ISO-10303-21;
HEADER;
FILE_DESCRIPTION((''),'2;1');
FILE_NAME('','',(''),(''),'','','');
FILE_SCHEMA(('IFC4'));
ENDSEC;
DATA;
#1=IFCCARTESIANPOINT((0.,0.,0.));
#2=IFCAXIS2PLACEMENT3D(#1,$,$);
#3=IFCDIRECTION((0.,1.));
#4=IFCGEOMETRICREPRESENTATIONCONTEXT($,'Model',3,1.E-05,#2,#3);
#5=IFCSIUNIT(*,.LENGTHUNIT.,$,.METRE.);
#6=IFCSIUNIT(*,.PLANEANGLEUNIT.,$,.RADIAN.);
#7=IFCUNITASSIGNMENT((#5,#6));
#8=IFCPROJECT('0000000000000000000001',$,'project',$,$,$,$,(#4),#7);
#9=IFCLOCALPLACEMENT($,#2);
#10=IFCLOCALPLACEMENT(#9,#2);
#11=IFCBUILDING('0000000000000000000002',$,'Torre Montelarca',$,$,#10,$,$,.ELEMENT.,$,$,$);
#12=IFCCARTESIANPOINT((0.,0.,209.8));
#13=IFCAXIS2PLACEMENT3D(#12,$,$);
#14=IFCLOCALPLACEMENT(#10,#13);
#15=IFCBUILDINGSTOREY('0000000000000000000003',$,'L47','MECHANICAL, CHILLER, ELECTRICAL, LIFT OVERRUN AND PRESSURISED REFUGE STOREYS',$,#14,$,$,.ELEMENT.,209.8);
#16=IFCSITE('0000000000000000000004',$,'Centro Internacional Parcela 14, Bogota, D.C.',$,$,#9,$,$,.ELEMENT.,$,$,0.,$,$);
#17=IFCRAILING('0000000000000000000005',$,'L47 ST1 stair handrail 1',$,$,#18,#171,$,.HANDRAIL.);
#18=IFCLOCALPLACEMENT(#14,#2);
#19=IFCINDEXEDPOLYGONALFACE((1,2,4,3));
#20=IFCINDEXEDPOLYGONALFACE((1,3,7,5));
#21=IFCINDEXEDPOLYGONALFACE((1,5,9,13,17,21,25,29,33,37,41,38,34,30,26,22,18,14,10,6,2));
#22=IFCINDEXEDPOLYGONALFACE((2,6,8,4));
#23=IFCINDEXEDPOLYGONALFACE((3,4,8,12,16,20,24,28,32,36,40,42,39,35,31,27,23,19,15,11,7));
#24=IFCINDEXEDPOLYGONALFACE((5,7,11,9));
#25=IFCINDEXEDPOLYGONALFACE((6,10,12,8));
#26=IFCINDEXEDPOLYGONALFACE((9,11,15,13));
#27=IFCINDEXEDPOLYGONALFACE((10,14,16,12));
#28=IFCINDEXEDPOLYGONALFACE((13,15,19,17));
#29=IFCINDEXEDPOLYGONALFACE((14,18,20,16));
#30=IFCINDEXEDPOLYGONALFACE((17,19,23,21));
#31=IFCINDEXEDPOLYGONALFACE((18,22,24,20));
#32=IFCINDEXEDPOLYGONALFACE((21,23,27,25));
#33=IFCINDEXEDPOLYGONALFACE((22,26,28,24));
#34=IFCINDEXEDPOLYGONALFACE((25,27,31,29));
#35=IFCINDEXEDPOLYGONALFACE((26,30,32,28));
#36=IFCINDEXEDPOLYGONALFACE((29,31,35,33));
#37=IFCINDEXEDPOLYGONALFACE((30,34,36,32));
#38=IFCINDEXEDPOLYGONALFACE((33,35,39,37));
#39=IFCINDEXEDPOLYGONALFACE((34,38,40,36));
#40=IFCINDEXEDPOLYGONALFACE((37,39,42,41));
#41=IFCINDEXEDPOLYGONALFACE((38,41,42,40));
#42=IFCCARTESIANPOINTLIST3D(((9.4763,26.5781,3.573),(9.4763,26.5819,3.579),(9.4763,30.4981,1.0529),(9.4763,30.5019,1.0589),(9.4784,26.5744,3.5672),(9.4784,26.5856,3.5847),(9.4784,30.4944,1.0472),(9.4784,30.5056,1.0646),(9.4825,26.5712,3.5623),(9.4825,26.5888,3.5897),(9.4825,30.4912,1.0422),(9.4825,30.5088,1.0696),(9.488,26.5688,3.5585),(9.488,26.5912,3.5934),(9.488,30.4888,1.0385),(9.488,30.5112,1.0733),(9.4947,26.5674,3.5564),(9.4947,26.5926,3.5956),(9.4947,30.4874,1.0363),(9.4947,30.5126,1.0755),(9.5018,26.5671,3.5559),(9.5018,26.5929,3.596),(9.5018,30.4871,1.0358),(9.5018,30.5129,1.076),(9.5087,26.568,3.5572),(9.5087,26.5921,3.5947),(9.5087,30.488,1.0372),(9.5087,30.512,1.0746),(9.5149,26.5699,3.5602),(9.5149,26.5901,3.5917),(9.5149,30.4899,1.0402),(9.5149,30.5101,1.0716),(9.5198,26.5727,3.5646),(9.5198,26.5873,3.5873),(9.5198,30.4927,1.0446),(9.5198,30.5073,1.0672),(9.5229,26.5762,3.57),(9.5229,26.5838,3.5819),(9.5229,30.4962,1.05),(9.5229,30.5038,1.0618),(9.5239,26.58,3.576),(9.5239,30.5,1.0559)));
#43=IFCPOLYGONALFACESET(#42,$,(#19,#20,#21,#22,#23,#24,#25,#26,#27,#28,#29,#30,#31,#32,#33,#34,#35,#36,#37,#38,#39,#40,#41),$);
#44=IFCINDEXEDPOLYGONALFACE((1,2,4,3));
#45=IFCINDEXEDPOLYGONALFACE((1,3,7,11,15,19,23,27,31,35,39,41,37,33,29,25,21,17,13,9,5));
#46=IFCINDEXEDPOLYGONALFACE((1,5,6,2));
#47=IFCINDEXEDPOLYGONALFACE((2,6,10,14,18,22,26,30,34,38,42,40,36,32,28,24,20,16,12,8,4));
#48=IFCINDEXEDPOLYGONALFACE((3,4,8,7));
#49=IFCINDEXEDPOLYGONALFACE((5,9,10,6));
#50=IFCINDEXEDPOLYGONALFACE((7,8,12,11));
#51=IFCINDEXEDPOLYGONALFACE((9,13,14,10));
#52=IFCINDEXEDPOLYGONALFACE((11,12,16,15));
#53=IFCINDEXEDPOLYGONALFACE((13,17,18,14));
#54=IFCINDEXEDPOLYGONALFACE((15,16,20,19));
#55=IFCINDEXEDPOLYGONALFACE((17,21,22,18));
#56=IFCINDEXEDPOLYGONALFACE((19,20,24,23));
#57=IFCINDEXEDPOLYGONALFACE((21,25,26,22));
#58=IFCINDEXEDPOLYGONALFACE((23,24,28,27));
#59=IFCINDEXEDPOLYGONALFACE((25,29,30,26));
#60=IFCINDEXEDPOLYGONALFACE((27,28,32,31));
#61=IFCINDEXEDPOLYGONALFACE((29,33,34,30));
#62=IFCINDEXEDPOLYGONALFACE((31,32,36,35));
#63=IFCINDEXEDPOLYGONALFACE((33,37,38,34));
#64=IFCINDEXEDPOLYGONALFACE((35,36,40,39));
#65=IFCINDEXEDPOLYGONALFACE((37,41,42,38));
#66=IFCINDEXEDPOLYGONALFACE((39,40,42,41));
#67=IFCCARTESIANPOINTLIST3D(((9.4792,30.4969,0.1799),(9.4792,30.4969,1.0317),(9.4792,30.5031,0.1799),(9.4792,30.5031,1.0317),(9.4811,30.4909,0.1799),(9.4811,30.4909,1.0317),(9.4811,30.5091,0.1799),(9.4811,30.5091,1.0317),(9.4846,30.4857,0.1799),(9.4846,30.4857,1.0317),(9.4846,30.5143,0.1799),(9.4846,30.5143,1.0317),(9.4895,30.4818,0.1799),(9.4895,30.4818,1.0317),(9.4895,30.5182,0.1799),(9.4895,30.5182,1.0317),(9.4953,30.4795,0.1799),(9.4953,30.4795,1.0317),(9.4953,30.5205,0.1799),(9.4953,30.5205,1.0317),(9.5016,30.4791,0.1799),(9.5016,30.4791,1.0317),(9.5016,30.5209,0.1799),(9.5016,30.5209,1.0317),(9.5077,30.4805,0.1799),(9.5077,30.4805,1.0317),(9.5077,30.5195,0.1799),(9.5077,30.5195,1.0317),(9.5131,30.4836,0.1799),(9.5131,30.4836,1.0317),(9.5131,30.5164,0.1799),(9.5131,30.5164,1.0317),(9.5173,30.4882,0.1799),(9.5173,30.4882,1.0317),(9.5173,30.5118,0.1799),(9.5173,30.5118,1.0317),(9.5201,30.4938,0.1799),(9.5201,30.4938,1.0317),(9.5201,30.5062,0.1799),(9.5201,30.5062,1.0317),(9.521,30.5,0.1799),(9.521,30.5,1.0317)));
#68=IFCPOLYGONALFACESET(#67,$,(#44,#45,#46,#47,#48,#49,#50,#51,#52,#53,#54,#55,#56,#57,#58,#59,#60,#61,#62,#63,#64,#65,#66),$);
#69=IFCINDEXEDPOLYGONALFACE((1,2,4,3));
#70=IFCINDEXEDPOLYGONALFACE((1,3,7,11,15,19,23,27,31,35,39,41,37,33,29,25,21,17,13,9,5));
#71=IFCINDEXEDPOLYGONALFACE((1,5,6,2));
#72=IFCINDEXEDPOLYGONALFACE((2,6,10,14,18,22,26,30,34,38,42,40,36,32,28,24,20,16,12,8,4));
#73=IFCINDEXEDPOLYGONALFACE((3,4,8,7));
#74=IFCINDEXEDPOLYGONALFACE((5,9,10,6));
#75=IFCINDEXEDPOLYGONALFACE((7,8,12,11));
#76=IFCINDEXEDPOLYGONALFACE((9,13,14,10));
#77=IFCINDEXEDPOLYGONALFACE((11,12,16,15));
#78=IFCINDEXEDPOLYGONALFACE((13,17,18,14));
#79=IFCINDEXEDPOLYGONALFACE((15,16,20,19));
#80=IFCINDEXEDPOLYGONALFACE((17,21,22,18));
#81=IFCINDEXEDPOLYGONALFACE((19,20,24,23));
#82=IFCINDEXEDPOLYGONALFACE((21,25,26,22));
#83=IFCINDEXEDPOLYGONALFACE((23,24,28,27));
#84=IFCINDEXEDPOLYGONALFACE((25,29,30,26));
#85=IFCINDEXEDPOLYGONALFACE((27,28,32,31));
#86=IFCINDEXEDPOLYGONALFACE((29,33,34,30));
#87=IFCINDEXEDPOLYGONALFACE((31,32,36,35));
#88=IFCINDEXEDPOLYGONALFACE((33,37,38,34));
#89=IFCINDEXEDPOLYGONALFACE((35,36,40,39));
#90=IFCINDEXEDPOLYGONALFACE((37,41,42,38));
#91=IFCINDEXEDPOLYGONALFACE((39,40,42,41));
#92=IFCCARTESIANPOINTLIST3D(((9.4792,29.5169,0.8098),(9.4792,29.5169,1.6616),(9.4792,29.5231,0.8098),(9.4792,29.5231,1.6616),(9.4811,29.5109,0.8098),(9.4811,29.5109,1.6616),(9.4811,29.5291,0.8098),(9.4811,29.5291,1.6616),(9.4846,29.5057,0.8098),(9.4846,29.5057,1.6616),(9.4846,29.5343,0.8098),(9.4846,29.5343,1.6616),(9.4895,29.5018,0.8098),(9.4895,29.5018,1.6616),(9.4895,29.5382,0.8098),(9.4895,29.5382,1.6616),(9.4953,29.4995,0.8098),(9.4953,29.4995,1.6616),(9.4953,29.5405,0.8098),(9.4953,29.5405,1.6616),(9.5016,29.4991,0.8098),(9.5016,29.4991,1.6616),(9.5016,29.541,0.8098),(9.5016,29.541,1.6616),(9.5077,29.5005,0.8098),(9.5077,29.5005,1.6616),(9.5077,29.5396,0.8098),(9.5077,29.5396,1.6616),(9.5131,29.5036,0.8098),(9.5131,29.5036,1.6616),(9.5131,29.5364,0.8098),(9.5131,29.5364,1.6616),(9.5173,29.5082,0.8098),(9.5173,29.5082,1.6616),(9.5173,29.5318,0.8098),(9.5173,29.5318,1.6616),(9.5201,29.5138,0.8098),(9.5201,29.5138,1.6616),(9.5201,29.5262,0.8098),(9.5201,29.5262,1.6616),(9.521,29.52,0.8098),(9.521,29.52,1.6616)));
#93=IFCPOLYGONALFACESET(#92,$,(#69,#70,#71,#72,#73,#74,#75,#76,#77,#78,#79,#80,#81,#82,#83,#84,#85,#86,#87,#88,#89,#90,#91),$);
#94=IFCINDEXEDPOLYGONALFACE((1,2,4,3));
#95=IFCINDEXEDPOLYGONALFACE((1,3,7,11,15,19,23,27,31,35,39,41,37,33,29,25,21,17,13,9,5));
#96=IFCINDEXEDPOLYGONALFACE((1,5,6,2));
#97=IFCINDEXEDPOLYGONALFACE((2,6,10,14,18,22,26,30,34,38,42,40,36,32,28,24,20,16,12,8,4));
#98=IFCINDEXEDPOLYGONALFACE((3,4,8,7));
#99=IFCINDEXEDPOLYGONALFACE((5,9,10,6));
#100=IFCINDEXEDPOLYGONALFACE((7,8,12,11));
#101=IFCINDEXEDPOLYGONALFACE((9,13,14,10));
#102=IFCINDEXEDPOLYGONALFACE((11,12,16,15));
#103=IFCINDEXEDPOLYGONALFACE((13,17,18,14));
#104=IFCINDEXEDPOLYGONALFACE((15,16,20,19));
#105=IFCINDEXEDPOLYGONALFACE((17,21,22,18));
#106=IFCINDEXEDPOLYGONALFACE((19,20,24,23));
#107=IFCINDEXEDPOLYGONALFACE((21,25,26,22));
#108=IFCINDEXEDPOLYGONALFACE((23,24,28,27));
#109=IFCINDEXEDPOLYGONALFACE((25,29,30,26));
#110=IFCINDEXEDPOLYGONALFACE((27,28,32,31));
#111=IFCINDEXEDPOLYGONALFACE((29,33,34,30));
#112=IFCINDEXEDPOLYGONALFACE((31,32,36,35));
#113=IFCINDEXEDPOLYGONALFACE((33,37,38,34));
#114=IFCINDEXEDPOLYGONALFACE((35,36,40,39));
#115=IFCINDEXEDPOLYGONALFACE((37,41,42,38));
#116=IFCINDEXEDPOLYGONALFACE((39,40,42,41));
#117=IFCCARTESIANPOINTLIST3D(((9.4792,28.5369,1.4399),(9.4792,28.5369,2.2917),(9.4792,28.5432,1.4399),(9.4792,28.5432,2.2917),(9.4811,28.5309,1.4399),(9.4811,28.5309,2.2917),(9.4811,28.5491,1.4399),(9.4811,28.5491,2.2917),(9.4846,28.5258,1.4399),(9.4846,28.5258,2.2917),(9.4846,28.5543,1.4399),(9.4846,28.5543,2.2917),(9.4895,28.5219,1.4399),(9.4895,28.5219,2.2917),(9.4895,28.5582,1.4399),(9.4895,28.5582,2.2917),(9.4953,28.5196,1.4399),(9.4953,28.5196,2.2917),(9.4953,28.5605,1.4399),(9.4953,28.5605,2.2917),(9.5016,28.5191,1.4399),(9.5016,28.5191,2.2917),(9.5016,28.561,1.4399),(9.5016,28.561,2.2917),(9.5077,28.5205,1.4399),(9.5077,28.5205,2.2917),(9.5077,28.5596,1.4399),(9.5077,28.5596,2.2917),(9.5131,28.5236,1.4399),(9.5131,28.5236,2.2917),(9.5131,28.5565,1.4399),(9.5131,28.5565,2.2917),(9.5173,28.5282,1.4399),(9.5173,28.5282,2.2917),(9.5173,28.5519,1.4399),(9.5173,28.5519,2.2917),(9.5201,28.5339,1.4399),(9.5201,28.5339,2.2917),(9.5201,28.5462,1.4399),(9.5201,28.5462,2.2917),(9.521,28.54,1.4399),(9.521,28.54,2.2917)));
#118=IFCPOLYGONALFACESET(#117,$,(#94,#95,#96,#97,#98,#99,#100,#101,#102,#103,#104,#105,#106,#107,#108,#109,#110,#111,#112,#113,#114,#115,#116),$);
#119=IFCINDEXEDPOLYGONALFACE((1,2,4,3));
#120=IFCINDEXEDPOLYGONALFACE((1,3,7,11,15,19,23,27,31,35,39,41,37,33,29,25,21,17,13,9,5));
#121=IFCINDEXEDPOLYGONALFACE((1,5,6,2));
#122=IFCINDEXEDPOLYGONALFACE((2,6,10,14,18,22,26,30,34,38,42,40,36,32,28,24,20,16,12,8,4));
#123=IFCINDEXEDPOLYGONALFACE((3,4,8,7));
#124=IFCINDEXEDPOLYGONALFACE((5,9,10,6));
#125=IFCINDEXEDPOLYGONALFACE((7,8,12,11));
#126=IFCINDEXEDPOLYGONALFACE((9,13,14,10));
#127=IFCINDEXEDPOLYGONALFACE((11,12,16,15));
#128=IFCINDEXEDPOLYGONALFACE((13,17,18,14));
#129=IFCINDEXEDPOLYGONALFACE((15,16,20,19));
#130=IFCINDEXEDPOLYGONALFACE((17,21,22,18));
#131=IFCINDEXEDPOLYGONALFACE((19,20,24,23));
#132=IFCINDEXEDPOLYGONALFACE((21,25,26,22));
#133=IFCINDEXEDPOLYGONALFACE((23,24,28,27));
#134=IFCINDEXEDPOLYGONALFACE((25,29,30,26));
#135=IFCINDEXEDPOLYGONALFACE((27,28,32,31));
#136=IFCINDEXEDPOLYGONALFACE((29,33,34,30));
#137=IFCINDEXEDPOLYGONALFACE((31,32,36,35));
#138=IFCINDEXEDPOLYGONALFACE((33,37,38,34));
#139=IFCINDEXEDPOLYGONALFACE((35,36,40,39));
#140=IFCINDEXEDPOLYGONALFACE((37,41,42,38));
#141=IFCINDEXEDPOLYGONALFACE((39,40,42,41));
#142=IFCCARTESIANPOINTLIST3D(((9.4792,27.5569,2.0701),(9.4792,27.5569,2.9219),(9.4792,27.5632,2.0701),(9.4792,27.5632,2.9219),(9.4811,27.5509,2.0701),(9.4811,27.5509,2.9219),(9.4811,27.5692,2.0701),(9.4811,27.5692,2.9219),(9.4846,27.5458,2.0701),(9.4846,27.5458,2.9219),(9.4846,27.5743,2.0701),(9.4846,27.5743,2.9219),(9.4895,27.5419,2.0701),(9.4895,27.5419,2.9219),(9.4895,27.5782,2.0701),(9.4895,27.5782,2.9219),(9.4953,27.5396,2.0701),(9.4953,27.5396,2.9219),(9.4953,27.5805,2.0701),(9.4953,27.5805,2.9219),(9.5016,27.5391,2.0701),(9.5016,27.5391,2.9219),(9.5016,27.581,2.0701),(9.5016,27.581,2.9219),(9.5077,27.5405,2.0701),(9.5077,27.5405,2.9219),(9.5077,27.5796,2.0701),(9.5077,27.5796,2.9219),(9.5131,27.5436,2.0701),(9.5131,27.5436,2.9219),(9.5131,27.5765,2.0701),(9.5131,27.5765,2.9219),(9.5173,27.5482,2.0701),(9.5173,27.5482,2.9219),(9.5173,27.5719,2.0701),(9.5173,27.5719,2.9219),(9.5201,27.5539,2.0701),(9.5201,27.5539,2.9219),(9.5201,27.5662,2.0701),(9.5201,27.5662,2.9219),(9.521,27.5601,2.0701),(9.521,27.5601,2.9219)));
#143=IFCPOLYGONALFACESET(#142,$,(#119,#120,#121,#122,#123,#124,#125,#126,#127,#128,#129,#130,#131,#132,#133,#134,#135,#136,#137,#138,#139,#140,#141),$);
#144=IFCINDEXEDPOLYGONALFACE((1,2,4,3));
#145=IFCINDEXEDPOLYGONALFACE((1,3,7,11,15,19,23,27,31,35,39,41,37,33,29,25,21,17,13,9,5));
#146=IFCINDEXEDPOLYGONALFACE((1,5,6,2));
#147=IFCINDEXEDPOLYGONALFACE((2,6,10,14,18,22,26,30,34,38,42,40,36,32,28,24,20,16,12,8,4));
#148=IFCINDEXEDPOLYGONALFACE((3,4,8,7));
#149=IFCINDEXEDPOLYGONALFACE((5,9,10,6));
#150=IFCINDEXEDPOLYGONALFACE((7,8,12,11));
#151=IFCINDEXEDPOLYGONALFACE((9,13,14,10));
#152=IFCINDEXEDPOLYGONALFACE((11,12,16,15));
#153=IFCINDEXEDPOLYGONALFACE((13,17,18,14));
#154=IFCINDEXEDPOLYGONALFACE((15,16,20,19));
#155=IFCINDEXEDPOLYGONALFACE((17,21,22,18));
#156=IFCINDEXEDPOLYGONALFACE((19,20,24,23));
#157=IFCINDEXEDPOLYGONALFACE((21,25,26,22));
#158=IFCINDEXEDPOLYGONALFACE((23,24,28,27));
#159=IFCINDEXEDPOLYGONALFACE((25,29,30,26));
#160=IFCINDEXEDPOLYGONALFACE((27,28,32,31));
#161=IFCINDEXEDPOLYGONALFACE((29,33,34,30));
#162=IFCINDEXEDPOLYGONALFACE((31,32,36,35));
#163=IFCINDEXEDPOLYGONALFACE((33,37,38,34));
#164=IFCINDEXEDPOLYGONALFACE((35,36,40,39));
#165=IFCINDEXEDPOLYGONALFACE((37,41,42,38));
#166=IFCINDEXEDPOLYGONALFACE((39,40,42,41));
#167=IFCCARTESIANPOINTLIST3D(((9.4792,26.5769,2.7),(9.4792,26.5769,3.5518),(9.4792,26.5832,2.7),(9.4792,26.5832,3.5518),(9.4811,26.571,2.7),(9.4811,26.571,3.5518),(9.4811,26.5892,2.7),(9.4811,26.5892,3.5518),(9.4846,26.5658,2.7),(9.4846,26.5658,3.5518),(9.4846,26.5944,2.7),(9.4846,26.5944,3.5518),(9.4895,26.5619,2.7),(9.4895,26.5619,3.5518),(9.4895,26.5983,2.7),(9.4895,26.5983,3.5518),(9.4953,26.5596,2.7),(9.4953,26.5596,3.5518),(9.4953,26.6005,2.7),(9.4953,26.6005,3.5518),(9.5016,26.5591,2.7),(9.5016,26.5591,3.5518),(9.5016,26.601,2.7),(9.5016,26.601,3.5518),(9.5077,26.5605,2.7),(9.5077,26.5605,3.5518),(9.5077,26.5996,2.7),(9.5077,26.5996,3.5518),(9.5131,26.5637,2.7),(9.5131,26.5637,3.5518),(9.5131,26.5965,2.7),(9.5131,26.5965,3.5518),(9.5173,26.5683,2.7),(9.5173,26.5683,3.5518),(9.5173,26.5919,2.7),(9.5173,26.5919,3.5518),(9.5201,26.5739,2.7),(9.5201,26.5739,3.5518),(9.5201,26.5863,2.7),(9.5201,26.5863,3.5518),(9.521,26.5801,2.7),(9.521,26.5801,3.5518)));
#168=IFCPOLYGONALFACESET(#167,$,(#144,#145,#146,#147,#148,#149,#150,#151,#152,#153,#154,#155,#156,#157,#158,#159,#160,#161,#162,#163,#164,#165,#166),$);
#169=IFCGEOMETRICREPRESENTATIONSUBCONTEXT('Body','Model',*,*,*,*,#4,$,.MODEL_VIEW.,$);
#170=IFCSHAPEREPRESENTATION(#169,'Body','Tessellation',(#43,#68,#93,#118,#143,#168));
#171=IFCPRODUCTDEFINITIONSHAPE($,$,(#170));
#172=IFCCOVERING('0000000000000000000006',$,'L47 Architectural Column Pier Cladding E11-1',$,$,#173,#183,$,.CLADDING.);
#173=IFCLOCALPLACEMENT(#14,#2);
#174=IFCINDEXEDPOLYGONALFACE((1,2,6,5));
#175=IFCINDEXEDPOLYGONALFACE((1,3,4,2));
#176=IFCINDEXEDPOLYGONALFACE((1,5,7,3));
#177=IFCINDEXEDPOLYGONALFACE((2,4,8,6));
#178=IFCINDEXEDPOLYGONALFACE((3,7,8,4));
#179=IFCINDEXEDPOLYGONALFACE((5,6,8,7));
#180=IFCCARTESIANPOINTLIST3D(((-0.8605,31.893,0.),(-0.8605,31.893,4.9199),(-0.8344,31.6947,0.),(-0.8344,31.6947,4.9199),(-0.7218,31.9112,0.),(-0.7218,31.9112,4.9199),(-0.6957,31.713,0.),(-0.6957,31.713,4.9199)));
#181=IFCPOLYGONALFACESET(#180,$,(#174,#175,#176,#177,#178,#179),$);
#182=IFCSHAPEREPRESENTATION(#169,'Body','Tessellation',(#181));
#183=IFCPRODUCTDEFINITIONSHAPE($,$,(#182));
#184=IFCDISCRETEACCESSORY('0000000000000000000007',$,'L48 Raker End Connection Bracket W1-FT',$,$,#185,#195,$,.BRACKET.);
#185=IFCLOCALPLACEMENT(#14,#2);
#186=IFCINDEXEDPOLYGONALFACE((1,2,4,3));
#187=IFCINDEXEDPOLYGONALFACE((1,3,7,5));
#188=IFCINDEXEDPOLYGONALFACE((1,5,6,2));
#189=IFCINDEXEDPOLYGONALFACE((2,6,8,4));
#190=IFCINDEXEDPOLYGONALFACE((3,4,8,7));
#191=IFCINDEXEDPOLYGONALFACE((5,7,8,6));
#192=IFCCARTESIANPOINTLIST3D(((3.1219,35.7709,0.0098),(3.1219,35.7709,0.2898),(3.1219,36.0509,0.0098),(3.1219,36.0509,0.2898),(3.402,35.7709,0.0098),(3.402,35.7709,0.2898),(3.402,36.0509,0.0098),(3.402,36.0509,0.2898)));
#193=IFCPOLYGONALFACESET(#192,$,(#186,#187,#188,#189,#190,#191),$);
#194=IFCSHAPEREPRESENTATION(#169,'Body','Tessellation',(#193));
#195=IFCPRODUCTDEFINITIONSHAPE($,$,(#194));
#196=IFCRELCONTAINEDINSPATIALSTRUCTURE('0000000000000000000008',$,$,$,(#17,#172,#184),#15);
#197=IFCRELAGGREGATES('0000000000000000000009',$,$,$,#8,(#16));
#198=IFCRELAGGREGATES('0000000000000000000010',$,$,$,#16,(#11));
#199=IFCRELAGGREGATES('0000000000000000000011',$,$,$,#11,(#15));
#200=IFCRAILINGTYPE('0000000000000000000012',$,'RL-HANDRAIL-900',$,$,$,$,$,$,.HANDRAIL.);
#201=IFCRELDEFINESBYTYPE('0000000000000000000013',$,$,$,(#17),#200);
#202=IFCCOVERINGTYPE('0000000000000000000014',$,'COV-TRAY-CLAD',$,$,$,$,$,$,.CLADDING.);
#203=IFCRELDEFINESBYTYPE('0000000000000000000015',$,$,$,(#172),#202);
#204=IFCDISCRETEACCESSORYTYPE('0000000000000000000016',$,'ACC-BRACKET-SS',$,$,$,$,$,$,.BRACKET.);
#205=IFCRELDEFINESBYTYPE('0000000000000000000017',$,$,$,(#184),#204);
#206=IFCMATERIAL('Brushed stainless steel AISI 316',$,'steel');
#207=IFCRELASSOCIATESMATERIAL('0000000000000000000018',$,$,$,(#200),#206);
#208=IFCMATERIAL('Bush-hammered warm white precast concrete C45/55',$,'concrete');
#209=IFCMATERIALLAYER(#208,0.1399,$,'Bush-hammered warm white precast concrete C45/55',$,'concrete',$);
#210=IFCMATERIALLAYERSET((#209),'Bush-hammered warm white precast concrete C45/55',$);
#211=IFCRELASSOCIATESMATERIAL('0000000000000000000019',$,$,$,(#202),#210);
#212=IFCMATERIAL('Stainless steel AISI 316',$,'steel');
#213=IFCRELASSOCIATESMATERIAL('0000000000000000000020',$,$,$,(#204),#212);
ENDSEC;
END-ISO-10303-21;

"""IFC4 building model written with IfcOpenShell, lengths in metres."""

from ifc_helpers import new_model, si_unit, direction, frame, origin, origin_2d, place, context, subcontext, project, spatial, rectangle, circle, extrude, source, transform, mapped, material, layer, layer_set, type_object, element, save


model = new_model("IFC4")

# Units and contexts
model_context = context("Model", 3, precision=1e-05, world=origin(), true_north=direction((0.0, 1.0)))
body_context = subcontext(model_context, "Body", "Model", "MODEL_VIEW")
ifc_project = project(units=[si_unit("LENGTHUNIT", "METRE"), si_unit("PLANEANGLEUNIT", "RADIAN")], contexts=[model_context])

# Site, building, storey
site_placement = place(None, origin())
site = spatial("IfcSite", under=ifc_project, at=site_placement, Name="Centro Internacional Parcela 14, Bogota, D.C.", CompositionType="ELEMENT", RefElevation=0.0)
building_placement = place(site_placement, origin())
building = spatial("IfcBuilding", under=site, at=building_placement, Name="Torre Montelarca", CompositionType="ELEMENT")
storey_placement = place(building_placement, frame((0.0, 0.0, 209.8)))
storey = spatial("IfcBuildingStorey", under=building, at=storey_placement, Name="L47", Description="MECHANICAL, CHILLER, ELECTRICAL, LIFT OVERRUN AND PRESSURISED REFUGE STOREYS", CompositionType="ELEMENT", Elevation=209.8)

# Shared definitions
ifc_material_1 = material(Name="Brushed stainless steel AISI 316", Category="steel")

# Railing
railing_type_1 = type_object("IfcRailingType", Name="RL-HANDRAIL-900", PredefinedType="HANDRAIL", material=ifc_material_1)
railing_1_placement = place(storey_placement, frame((9.5, 30.5, 0.1799)))
element("IfcRailing", 1, at=railing_1_placement, inside=storey, type_object=railing_type_1, Name="L47 ST1 stair handrail 1", PredefinedType="HANDRAIL", context=body_context, shape_type="SweptSolid", body=[
    extrude(circle(Radius=0.0239, at=origin_2d()), frame((0.0, 0.0, 0.876), z_axis=(0.0, -0.841172, 0.540768), x_axis=(1.0, 0.0, 0.0)), (0.0, 0.0, 1.0), 4.6602),
    extrude(circle(Radius=0.021, at=origin_2d()), origin(), (0.0, 0.0, 1.0), 0.8518),
    extrude(circle(Radius=0.021, at=origin_2d()), frame((0.0, -0.98, 0.6299)), (0.0, 0.0, 1.0), 0.8518),
    extrude(circle(Radius=0.021, at=origin_2d()), frame((0.0, -1.96, 1.26)), (0.0, 0.0, 1.0), 0.8518),
    extrude(circle(Radius=0.021, at=origin_2d()), frame((0.0, -2.9399, 1.8901)), (0.0, 0.0, 1.0), 0.8518),
    extrude(circle(Radius=0.021, at=origin_2d()), frame((0.0, -3.9199, 2.52)), (0.0, 0.0, 1.0), 0.8518),
])

# Covering
ifc_material_2 = material(Name="Bush-hammered warm white precast concrete C45/55", Category="concrete")
ifc_layer_1 = layer(ifc_material_2, 0.1399, Name="Bush-hammered warm white precast concrete C45/55", Category="concrete")
ifc_layer_set_1 = layer_set([ifc_layer_1], Name="Bush-hammered warm white precast concrete C45/55")
covering_type = type_object("IfcCoveringType", Name="COV-TRAY-CLAD", PredefinedType="CLADDING", material=ifc_layer_set_1)
shared_shape_1 = source(origin(), body_context, "Body", "SweptSolid", [
    extrude(rectangle(XDim=0.2, YDim=0.1399, at=origin_2d()), origin(), (0.0, 0.0, 1.0), 4.9199),
])
covering_placement = place(storey_placement, frame((-0.7781, 31.803, 0.0), z_axis=(0.0, 0.0, 1.0), x_axis=(0.130531, -0.991444, 0.0)))
element("IfcCovering", 2, at=covering_placement, inside=storey, type_object=covering_type, Name="L47 Architectural Column Pier Cladding E11-1", PredefinedType="CLADDING", context=body_context, shape_type="MappedRepresentation", body=[
    mapped(shared_shape_1, transform((0.0, 0.0, 0.0), scale=1.0)),
])

# Discrete accessory
ifc_material_3 = material(Name="Stainless steel AISI 316", Category="steel")
discrete_accessory_type = type_object("IfcDiscreteAccessoryType", Name="ACC-BRACKET-SS", PredefinedType="BRACKET", material=ifc_material_3)
shared_shape_2 = source(origin(), body_context, "Body", "SweptSolid", [
    extrude(rectangle(XDim=0.28, YDim=0.28, at=origin_2d()), origin(), (0.0, 0.0, 1.0), 0.28),
])
discrete_accessory_placement = place(storey_placement, frame((3.262, 35.9109, 0.0098), z_axis=(0.0, 0.0, 1.0), x_axis=(1.0, 0.0, 0.0)))
element("IfcDiscreteAccessory", 3, at=discrete_accessory_placement, inside=storey, type_object=discrete_accessory_type, Name="L48 Raker End Connection Bracket W1-FT", PredefinedType="BRACKET", context=body_context, shape_type="MappedRepresentation", body=[
    mapped(shared_shape_2, transform((0.0, 0.0, 0.0), scale=1.0)),
])

save(model, "model.ifc")
